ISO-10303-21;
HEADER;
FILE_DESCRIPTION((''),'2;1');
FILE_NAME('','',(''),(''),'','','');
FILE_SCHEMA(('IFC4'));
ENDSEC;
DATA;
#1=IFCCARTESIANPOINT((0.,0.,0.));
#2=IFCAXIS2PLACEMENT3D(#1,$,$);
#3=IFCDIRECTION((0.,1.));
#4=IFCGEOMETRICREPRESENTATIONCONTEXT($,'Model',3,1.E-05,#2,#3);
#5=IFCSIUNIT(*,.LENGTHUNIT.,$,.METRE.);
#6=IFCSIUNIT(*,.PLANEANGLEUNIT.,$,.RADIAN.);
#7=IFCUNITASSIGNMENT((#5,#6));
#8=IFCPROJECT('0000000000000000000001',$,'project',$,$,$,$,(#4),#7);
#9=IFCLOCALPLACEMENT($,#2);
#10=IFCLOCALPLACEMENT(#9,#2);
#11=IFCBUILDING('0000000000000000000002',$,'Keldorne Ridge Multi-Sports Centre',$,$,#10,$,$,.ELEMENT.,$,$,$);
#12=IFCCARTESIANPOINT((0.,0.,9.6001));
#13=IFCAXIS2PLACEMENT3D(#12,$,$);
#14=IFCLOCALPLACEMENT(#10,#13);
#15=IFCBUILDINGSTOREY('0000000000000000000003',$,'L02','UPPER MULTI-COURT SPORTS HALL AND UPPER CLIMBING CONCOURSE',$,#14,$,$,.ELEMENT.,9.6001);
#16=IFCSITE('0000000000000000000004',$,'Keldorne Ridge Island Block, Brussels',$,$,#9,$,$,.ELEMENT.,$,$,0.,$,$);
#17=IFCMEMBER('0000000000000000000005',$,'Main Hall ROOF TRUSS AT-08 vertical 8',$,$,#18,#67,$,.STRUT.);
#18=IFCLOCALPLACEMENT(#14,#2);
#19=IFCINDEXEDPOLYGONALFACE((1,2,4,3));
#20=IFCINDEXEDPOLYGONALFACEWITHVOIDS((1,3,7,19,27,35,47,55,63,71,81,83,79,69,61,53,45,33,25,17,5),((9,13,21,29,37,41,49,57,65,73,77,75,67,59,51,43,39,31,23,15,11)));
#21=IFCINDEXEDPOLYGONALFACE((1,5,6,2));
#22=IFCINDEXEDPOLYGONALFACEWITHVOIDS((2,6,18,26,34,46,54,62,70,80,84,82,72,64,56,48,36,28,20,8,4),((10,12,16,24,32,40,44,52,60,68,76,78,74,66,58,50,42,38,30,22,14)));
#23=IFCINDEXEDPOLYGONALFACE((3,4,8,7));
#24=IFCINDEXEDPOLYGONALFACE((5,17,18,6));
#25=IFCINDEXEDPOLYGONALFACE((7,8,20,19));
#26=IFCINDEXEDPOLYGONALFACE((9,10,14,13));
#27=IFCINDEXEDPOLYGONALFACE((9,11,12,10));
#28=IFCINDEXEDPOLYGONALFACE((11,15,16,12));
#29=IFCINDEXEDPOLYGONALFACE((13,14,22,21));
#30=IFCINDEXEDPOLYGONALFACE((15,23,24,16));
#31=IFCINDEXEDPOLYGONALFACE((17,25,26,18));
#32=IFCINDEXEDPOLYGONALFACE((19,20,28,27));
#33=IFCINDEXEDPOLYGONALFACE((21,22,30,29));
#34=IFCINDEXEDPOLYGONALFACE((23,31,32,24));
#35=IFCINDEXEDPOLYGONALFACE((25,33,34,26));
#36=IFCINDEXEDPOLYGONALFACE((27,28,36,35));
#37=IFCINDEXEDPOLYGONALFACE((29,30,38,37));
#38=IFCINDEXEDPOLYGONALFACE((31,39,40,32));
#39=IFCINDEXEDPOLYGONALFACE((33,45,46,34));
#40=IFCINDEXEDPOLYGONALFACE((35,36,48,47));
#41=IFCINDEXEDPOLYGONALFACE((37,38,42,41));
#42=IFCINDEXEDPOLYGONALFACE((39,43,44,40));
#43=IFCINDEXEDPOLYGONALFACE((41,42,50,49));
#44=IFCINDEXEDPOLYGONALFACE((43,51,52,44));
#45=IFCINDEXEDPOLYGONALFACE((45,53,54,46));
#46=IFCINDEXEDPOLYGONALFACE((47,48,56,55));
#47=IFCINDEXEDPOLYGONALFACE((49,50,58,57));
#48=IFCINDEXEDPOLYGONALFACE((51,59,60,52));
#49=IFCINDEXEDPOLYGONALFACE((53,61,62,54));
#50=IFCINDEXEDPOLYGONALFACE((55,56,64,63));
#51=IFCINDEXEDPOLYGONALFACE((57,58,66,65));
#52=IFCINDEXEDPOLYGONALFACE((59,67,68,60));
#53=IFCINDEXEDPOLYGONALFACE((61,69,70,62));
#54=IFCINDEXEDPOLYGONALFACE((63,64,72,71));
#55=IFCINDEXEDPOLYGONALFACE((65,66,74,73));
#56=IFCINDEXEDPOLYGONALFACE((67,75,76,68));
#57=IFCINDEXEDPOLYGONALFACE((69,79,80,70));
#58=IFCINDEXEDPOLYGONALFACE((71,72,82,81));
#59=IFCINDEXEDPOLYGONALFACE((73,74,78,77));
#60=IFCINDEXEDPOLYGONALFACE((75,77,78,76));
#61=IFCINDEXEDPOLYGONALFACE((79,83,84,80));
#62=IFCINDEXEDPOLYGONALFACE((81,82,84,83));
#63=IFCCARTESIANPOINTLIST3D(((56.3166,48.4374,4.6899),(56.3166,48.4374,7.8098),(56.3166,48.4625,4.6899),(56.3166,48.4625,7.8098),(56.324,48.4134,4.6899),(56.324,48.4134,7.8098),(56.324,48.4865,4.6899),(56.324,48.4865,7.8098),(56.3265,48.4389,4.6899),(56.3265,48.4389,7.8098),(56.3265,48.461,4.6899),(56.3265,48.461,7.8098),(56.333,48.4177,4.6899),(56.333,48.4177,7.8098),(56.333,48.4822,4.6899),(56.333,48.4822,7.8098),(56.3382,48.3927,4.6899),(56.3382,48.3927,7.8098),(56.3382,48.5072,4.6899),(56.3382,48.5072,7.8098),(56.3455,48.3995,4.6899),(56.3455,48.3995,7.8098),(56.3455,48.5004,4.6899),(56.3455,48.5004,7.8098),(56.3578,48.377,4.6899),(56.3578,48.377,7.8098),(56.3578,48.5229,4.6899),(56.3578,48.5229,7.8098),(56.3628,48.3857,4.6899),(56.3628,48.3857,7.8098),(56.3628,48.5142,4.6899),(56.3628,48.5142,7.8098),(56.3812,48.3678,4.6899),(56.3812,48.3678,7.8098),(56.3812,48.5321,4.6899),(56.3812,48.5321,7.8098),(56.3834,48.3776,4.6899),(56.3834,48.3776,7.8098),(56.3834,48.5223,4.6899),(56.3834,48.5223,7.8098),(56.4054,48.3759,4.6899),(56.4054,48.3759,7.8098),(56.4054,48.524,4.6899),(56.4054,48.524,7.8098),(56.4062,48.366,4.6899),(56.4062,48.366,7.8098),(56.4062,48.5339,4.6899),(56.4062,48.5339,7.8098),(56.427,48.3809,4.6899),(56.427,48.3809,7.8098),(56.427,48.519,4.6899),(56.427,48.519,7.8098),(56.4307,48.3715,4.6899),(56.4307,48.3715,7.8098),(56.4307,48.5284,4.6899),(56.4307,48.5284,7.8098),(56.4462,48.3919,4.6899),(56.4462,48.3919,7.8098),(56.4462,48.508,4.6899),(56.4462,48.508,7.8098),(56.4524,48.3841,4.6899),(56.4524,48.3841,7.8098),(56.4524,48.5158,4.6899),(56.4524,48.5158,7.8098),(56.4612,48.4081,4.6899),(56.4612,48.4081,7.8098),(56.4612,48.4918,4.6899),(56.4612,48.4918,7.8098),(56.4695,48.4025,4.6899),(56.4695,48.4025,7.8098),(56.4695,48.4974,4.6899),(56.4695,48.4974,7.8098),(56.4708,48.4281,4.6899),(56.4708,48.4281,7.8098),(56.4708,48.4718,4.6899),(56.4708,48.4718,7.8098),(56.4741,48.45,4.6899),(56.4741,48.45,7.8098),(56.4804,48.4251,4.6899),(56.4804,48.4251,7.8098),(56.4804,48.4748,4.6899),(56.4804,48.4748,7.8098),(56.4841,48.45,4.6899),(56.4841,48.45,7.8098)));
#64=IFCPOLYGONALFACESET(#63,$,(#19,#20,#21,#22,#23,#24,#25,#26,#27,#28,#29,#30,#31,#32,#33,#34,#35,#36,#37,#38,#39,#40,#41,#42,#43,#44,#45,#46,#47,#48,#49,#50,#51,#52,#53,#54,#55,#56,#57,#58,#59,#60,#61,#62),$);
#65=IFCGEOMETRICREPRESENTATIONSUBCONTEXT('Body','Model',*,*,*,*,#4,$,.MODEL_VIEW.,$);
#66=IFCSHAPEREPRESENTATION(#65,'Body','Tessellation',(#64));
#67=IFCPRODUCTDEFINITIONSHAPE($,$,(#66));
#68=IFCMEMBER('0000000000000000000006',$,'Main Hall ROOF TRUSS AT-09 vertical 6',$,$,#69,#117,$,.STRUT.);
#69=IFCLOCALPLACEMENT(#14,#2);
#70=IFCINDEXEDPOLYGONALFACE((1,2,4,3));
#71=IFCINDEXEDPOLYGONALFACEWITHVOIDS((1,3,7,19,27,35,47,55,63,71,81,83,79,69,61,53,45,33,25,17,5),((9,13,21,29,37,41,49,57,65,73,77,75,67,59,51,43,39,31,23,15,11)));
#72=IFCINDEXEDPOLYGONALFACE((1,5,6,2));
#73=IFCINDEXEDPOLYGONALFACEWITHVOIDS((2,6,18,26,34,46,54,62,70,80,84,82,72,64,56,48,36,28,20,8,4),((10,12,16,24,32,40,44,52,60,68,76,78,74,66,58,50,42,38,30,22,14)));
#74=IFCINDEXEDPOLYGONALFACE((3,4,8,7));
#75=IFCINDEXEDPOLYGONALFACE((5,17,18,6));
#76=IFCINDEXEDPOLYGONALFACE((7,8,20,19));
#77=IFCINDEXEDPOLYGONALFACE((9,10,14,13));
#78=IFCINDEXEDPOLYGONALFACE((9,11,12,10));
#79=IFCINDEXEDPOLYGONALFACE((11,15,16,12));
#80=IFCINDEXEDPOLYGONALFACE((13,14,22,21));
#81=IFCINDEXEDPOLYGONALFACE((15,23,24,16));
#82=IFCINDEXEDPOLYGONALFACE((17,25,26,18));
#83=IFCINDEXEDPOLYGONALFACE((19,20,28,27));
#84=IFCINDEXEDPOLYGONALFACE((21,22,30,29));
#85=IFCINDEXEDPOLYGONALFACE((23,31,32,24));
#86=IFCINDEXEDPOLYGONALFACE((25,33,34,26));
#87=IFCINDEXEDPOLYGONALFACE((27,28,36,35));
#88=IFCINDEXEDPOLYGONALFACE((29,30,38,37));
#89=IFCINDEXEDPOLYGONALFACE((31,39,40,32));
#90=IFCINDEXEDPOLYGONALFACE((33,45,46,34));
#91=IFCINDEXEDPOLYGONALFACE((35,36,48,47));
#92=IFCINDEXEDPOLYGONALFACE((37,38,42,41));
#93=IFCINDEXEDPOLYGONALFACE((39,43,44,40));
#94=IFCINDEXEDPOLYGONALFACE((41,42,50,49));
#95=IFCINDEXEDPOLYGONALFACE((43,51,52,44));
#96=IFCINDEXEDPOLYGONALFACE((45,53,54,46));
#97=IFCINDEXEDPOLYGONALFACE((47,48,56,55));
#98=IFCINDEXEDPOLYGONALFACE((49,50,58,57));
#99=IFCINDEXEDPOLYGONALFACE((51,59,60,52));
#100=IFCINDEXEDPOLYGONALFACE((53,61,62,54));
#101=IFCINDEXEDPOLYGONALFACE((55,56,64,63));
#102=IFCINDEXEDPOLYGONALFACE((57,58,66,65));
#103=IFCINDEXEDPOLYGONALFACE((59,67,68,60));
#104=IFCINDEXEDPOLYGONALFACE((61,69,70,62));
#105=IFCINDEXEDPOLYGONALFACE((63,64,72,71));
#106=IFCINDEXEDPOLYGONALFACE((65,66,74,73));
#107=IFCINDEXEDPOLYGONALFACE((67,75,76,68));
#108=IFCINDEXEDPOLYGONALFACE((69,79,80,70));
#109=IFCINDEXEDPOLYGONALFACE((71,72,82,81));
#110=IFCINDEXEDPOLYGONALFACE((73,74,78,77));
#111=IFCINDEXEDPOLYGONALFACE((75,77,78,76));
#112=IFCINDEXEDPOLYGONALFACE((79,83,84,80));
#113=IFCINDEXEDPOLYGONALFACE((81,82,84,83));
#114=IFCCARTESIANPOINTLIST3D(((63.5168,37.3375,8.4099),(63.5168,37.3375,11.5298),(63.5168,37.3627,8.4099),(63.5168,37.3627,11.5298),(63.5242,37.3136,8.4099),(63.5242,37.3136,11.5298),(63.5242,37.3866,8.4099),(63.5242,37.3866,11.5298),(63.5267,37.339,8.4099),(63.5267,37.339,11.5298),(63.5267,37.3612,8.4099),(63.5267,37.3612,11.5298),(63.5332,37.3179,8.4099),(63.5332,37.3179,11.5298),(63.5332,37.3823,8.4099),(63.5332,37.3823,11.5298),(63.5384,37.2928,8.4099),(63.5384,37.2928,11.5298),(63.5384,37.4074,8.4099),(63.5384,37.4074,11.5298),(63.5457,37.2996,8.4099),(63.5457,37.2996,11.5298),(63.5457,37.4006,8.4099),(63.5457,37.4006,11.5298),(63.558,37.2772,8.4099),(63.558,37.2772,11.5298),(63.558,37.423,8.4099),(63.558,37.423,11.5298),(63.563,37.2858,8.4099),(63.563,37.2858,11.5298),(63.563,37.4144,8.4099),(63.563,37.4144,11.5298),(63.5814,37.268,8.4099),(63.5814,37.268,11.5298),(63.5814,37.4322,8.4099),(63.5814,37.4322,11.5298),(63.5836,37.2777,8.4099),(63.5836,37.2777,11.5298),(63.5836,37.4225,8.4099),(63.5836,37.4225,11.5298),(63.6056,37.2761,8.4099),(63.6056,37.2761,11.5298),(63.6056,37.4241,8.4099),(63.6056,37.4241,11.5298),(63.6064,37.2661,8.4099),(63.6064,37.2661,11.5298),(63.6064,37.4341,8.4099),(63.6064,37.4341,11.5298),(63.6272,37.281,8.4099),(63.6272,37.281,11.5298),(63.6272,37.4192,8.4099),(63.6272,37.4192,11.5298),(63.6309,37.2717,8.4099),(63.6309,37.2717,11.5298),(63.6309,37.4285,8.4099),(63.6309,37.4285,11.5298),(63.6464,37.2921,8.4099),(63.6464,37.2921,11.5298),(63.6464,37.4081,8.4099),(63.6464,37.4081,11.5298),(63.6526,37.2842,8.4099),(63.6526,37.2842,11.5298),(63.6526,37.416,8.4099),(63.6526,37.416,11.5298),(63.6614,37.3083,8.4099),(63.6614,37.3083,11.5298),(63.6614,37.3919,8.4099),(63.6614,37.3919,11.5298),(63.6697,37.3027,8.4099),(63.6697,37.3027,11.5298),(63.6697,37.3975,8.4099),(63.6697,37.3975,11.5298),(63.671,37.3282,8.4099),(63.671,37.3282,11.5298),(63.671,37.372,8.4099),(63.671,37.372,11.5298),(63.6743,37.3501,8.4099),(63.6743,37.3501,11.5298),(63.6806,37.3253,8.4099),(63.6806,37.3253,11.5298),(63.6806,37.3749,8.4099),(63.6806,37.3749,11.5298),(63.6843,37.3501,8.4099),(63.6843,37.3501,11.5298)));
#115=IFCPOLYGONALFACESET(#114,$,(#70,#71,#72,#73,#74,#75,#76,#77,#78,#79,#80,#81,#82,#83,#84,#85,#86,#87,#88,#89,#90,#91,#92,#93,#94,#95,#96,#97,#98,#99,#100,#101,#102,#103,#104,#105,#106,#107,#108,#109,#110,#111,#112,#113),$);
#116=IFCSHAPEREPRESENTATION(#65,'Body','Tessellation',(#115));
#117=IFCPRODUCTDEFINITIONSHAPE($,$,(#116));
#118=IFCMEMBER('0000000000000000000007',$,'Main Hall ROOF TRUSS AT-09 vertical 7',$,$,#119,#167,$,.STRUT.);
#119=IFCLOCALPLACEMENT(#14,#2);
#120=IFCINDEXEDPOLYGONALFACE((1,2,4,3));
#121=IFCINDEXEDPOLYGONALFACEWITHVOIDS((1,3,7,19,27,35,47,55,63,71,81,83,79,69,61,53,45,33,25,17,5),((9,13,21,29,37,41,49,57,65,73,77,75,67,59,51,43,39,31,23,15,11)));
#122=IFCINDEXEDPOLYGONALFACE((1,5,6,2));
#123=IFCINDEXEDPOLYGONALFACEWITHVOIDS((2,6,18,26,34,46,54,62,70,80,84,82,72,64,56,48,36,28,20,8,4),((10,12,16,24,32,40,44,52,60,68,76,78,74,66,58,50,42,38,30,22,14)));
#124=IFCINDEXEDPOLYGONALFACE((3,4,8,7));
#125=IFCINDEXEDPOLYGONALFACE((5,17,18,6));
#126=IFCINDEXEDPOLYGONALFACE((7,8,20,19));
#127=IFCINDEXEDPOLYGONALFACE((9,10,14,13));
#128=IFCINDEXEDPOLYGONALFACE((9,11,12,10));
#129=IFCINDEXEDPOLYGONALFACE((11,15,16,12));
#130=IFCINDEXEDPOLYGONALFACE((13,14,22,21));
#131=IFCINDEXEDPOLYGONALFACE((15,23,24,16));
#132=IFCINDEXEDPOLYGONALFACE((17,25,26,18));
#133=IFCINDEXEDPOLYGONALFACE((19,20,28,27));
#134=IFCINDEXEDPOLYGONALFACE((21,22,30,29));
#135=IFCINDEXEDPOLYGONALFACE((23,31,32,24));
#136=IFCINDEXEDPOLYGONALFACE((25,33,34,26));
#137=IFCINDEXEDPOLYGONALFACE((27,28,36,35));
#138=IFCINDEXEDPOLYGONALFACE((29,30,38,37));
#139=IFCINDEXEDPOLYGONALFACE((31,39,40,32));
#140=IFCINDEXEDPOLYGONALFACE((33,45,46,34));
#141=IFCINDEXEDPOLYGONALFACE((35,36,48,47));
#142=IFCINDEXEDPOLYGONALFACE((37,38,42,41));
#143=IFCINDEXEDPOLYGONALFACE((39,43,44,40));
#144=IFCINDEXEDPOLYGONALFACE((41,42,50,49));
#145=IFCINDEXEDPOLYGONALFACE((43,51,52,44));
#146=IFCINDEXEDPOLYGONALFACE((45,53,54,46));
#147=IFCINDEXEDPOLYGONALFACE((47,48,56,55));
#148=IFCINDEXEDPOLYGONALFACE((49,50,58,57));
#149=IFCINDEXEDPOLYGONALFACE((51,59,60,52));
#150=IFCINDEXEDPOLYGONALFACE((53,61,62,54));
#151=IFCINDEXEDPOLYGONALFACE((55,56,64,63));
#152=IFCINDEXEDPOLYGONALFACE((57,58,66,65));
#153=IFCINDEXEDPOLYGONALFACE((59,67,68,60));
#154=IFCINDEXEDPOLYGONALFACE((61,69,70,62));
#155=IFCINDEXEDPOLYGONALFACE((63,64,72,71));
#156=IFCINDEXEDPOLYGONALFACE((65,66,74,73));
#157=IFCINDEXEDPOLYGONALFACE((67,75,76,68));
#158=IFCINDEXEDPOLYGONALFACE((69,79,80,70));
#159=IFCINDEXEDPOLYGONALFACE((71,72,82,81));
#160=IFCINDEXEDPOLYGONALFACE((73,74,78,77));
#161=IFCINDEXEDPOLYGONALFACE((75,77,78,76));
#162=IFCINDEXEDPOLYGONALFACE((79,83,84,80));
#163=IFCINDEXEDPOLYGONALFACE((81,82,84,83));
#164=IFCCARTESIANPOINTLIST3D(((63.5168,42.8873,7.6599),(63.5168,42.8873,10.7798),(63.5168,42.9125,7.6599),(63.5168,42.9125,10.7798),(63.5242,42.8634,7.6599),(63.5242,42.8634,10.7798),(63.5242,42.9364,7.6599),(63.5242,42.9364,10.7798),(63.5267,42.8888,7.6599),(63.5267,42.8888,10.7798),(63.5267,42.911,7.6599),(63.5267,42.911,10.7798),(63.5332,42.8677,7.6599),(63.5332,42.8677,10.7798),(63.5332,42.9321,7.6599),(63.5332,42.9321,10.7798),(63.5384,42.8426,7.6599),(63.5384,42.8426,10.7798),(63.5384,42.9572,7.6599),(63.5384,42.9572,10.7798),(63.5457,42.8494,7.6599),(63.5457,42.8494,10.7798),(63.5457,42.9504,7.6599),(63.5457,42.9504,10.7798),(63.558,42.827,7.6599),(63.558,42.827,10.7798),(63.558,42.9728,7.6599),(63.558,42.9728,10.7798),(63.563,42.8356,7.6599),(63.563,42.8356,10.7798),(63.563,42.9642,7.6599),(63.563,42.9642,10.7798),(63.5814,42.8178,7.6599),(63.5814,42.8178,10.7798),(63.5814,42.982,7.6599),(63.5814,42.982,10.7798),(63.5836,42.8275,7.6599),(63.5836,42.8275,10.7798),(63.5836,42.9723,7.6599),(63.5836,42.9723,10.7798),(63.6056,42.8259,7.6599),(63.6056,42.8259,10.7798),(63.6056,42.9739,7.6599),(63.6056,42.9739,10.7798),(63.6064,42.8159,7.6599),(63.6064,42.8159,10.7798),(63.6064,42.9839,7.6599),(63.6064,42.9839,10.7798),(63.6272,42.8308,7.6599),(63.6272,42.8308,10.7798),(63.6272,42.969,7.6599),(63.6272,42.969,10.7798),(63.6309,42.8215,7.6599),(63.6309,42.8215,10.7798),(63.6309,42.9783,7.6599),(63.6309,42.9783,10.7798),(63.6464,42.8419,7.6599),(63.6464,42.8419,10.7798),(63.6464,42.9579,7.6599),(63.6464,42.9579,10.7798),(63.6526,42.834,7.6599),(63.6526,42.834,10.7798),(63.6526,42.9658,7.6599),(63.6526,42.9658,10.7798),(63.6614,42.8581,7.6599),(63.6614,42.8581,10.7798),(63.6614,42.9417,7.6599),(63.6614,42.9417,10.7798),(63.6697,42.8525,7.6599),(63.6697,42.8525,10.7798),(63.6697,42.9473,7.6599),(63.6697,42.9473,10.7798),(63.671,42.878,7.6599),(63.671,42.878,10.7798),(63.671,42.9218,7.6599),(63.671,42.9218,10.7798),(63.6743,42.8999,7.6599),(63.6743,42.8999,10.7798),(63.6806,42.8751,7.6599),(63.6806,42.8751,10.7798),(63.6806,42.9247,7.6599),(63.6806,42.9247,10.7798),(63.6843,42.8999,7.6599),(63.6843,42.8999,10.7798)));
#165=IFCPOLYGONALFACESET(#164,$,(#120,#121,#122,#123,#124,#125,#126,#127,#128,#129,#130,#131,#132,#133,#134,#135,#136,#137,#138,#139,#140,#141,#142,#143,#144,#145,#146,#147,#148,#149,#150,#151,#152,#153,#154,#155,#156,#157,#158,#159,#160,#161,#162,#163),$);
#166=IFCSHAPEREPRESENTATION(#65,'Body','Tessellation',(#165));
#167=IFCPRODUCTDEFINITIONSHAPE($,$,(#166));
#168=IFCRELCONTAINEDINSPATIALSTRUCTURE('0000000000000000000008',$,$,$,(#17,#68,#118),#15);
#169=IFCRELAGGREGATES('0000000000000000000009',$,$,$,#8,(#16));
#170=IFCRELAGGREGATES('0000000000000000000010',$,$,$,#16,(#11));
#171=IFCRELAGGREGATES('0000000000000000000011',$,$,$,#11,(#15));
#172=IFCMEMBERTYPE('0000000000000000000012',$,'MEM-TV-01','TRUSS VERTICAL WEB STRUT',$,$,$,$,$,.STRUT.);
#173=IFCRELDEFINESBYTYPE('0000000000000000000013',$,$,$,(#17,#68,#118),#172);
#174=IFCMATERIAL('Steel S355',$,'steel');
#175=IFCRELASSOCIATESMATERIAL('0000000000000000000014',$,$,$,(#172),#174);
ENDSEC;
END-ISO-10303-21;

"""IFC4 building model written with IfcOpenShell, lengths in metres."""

from ifc_helpers import new_model, si_unit, direction, frame, origin, origin_2d, place, context, subcontext, project, spatial, hollow_circle, extrude, material, material_profile, profile_set, type_object, element, save


model = new_model("IFC4")

# Units and contexts
model_context = context("Model", 3, precision=1e-05, world=origin(), true_north=direction((0.0, 1.0)))
body_context = subcontext(model_context, "Body", "Model", "MODEL_VIEW")
ifc_project = project(units=[si_unit("LENGTHUNIT", "METRE"), si_unit("PLANEANGLEUNIT", "RADIAN")], contexts=[model_context])

# Site, building, storey
site_placement = place(None, origin())
site = spatial("IfcSite", under=ifc_project, at=site_placement, Name="Keldorne Ridge Island Block, Brussels", CompositionType="ELEMENT", RefElevation=0.0)
building_placement = place(site_placement, origin())
building = spatial("IfcBuilding", under=site, at=building_placement, Name="Keldorne Ridge Multi-Sports Centre", CompositionType="ELEMENT")
storey_placement = place(building_placement, frame((0.0, 0.0, 9.6001)))
storey = spatial("IfcBuildingStorey", under=building, at=storey_placement, Name="L02", Description="UPPER MULTI-COURT SPORTS HALL AND UPPER CLIMBING CONCOURSE", CompositionType="ELEMENT", Elevation=9.6001)

# Shared definitions
ifc_material = material(Name="Steel S355", Category="steel")

# Members
ifc_material_profile_1 = material_profile(ifc_material, hollow_circle(Radius=0.0842, WallThickness=0.01, at=origin_2d()), Name="CHS 168.3x10")
ifc_profile_set_1 = profile_set([ifc_material_profile_1], Name="Steel S355")
member_type_1 = type_object("IfcMemberType", Name="MEM-TV-01", Description="TRUSS VERTICAL WEB STRUT", PredefinedType="STRUT", material=ifc_profile_set_1)
for number, where, z_axis, x_axis, name in (
    (1, (56.3999, 48.45, 4.6899), (0.0, 0.0, 1.0), (1.0, 0.0, 0.0), "Main Hall ROOF TRUSS AT-08 vertical 8"),
    (2, (63.6001, 37.3501, 8.4099), (0.0, 0.0, 1.0), (1.0, 0.0, 0.0), "Main Hall ROOF TRUSS AT-09 vertical 6"),
    (3, (63.6001, 42.8999, 7.6599), (0.0, 0.0, 1.0), (1.0, 0.0, 0.0), "Main Hall ROOF TRUSS AT-09 vertical 7"),
):
    element("IfcMember", number, at=place(storey_placement, frame(where, z_axis=z_axis, x_axis=x_axis)), inside=storey, type_object=member_type_1, Name=name, PredefinedType="STRUT", context=body_context, shape_type="SweptSolid", body=[
        extrude(hollow_circle(Radius=0.0842, WallThickness=0.01, at=origin_2d()), origin(), (0.0, 0.0, 1.0), 3.1199),
    ])

save(model, "model.ifc")
